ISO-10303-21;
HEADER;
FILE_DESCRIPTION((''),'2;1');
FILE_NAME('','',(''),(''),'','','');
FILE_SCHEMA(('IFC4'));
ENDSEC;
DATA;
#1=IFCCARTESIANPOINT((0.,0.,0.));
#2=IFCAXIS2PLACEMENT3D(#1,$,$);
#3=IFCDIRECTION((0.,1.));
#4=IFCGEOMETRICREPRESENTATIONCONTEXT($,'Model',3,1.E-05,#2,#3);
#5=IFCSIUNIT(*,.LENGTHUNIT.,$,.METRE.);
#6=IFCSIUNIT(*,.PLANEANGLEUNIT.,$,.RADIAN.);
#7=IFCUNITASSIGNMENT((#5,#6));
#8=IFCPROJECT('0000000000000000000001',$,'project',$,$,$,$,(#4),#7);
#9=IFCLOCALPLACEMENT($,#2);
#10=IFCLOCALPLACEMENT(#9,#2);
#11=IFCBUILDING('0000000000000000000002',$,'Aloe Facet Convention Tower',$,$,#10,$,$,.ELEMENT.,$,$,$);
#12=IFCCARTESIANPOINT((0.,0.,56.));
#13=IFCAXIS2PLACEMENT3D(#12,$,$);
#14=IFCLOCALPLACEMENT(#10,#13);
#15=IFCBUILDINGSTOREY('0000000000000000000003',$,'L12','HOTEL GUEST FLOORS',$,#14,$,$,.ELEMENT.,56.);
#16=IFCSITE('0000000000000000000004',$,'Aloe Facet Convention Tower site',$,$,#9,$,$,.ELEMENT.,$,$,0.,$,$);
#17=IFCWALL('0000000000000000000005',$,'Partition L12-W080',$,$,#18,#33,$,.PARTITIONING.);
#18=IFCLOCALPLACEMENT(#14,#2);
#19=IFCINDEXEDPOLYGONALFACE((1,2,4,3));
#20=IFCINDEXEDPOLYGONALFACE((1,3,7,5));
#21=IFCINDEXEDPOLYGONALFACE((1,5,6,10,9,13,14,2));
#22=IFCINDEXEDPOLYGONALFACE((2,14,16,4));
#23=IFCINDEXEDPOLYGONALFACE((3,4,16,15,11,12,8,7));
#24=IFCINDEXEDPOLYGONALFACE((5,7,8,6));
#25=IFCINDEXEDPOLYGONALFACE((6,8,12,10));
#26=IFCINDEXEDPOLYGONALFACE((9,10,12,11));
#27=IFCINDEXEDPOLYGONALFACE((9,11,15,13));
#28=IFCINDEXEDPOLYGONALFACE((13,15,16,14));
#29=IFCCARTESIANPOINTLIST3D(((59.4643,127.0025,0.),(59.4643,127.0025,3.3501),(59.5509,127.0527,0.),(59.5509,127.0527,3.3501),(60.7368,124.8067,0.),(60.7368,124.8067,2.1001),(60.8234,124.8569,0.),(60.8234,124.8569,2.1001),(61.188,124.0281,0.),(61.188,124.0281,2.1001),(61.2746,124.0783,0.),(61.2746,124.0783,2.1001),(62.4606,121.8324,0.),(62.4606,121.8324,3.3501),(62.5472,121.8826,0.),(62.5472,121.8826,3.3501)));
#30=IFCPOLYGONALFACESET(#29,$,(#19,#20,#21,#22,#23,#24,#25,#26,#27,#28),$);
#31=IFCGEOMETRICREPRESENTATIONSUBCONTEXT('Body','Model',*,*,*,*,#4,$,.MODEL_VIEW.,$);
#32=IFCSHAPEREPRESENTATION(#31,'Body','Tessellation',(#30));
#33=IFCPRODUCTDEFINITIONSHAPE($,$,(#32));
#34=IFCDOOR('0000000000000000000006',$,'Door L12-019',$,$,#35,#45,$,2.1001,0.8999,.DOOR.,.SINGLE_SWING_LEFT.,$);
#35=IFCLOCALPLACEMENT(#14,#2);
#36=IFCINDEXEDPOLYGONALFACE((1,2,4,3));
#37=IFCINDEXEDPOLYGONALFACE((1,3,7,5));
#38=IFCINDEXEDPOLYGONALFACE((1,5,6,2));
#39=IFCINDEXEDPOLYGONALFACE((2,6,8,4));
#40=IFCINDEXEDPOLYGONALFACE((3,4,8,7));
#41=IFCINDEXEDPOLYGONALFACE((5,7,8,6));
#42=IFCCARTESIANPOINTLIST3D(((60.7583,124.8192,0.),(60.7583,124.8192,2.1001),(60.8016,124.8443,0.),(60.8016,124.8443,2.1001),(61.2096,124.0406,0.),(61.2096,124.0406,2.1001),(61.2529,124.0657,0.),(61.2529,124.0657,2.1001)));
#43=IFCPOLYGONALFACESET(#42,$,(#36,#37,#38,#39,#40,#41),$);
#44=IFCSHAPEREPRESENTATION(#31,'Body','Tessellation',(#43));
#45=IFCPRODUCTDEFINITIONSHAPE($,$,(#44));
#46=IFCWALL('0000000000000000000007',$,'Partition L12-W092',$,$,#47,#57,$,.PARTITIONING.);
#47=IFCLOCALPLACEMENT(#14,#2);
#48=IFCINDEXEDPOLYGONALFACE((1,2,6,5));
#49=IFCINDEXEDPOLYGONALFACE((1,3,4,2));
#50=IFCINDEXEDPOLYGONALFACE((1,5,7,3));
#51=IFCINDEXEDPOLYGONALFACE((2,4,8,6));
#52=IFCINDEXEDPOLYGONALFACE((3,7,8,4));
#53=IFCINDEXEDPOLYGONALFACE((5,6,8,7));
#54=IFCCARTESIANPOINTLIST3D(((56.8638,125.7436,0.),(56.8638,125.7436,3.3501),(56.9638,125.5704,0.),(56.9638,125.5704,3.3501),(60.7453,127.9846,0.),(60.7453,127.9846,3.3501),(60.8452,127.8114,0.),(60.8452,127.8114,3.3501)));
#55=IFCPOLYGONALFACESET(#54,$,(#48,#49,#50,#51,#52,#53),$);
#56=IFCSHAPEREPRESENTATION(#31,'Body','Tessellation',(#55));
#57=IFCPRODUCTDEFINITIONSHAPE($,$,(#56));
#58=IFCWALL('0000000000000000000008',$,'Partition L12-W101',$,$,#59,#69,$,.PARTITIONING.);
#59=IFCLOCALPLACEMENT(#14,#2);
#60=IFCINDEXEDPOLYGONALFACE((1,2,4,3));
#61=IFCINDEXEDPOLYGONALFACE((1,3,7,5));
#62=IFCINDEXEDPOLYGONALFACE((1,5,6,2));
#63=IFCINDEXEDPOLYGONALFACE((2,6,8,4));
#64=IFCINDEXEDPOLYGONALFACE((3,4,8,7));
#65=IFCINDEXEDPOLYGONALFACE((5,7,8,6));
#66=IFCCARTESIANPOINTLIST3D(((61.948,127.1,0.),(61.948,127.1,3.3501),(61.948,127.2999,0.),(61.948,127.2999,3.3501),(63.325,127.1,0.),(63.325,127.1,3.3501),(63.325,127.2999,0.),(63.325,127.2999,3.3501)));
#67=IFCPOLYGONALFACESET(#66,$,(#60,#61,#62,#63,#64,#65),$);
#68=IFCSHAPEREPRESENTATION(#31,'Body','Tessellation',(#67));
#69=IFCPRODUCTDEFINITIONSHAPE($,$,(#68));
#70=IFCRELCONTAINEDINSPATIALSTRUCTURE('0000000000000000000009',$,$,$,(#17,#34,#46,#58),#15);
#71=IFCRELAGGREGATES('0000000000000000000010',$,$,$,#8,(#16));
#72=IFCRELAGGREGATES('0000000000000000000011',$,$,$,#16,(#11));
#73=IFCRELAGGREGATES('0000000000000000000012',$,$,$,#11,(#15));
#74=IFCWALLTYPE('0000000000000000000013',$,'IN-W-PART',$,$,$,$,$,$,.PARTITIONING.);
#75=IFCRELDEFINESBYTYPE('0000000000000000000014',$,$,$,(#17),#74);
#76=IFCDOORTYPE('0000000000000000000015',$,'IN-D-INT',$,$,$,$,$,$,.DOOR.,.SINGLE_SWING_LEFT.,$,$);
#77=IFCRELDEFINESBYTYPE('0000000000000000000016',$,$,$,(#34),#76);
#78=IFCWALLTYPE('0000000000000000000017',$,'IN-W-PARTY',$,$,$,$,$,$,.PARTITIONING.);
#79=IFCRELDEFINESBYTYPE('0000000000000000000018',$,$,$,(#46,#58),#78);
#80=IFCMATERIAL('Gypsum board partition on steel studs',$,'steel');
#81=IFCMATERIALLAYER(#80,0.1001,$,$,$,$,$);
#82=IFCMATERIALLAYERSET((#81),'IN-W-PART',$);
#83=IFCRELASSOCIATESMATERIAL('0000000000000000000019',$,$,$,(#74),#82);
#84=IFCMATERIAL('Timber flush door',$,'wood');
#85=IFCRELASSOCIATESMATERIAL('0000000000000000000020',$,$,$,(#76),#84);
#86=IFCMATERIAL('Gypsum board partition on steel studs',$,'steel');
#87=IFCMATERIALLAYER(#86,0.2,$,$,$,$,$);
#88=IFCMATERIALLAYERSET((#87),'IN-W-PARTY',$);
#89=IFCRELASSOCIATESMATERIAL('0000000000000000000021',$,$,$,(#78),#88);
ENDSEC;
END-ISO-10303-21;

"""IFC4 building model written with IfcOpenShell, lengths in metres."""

from ifc_helpers import new_model, si_unit, direction, frame, frame_2d, origin, place, context, subcontext, project, spatial, rectangle, extrude, material, layer, layer_set, type_object, element, fill, save


model = new_model("IFC4")

# Units and contexts
model_context = context("Model", 3, precision=1e-05, world=origin(), true_north=direction((0.0, 1.0)))
body_context = subcontext(model_context, "Body", "Model", "MODEL_VIEW")
ifc_project = project(units=[si_unit("LENGTHUNIT", "METRE"), si_unit("PLANEANGLEUNIT", "RADIAN")], contexts=[model_context])

# Site, building, storey
site_placement = place(None, origin())
site = spatial("IfcSite", under=ifc_project, at=site_placement, Name="Aloe Facet Convention Tower site", CompositionType="ELEMENT", RefElevation=0.0)
building_placement = place(site_placement, origin())
building = spatial("IfcBuilding", under=site, at=building_placement, Name="Aloe Facet Convention Tower", CompositionType="ELEMENT")
storey_placement = place(building_placement, frame((0.0, 0.0, 56.0)))
storey = spatial("IfcBuildingStorey", under=building, at=storey_placement, Name="L12", Description="HOTEL GUEST FLOORS", CompositionType="ELEMENT", Elevation=56.0)

# Shared definitions
ifc_material_1 = material(Name="Gypsum board partition on steel studs", Category="steel")
ifc_layer_1 = layer(ifc_material_1, 0.1001)
ifc_layer_set_1 = layer_set([ifc_layer_1], Name="IN-W-PART")
wall_type_1 = type_object("IfcWallType", Name="IN-W-PART", PredefinedType="PARTITIONING", material=ifc_layer_set_1)

# Wall, opening, door
wall_1_placement = place(storey_placement, frame((59.5076, 127.0276, 0.0), z_axis=(0.0, 0.0, 1.0), x_axis=(0.501423, -0.865202, 0.0)))
wall_1 = element("IfcWall", 1, at=wall_1_placement, inside=storey, type_object=wall_type_1, Name="Partition L12-W080", PredefinedType="PARTITIONING", context=body_context, shape_type="SweptSolid", body=[
    extrude(rectangle(XDim=5.9756, YDim=0.1001, at=frame_2d((2.9878, 0.0))), origin(), (0.0, 0.0, 1.0), 3.3501),
])
opening_1_placement = place(wall_1_placement, frame((2.5378, 0.0, 0.0)))
opening_1 = element("IfcOpeningElement", 2, at=opening_1_placement, cuts=wall_1, PredefinedType="OPENING", context=body_context, shape_type="SweptSolid", body=[
    extrude(rectangle(XDim=0.8999, YDim=2.1001, at=frame_2d((0.45, 1.05))), frame((0.0, 0.0601, 0.0), z_axis=(0.0, -1.0, 0.0), x_axis=(1.0, 0.0, 0.0)), (0.0, 0.0, 1.0), 0.1201),
])
ifc_material_2 = material(Name="Timber flush door", Category="wood")
door_type_1 = type_object("IfcDoorType", Name="IN-D-INT", OperationType="SINGLE_SWING_LEFT", PredefinedType="DOOR", material=ifc_material_2)
door_1_placement = place(opening_1_placement, origin())
door_1 = element("IfcDoor", 3, at=door_1_placement, inside=storey, type_object=door_type_1, Name="Door L12-019", OperationType="SINGLE_SWING_LEFT", OverallHeight=2.1001, OverallWidth=0.8999, PredefinedType="DOOR", context=body_context, shape_type="SweptSolid", body=[
    extrude(rectangle(XDim=0.8999, YDim=2.1001, at=frame_2d((0.45, 1.05))), frame((0.0, 0.0249, 0.0), z_axis=(0.0, -1.0, 0.0), x_axis=(1.0, 0.0, 0.0)), (0.0, 0.0, 1.0), 0.05),
])
fill(opening_1, door_1)

# Walls
ifc_material_3 = material(Name="Gypsum board partition on steel studs", Category="steel")
ifc_layer_2 = layer(ifc_material_3, 0.2)
ifc_layer_set_2 = layer_set([ifc_layer_2], Name="IN-W-PARTY")
wall_type_2 = type_object("IfcWallType", Name="IN-W-PARTY", PredefinedType="PARTITIONING", material=ifc_layer_set_2)
wall_2_placement = place(storey_placement, frame((56.9138, 125.657, 0.0), z_axis=(0.0, 0.0, 1.0), x_axis=(0.866019, 0.500012, 0.0)))
element("IfcWall", 4, at=wall_2_placement, inside=storey, type_object=wall_type_2, Name="Partition L12-W092", PredefinedType="PARTITIONING", context=body_context, shape_type="SweptSolid", body=[
    extrude(rectangle(XDim=4.4819, YDim=0.2, at=frame_2d((2.241, 0.0))), origin(), (0.0, 0.0, 1.0), 3.3501),
])
wall_3_placement = place(storey_placement, frame((61.948, 127.2, 0.0), z_axis=(0.0, 0.0, 1.0), x_axis=(1.0, 0.0, 0.0)))
element("IfcWall", 5, at=wall_3_placement, inside=storey, type_object=wall_type_2, Name="Partition L12-W101", PredefinedType="PARTITIONING", context=body_context, shape_type="SweptSolid", body=[
    extrude(rectangle(XDim=1.377, YDim=0.2, at=frame_2d((0.6885, 0.0))), origin(), (0.0, 0.0, 1.0), 3.3501),
])

save(model, "model.ifc")
